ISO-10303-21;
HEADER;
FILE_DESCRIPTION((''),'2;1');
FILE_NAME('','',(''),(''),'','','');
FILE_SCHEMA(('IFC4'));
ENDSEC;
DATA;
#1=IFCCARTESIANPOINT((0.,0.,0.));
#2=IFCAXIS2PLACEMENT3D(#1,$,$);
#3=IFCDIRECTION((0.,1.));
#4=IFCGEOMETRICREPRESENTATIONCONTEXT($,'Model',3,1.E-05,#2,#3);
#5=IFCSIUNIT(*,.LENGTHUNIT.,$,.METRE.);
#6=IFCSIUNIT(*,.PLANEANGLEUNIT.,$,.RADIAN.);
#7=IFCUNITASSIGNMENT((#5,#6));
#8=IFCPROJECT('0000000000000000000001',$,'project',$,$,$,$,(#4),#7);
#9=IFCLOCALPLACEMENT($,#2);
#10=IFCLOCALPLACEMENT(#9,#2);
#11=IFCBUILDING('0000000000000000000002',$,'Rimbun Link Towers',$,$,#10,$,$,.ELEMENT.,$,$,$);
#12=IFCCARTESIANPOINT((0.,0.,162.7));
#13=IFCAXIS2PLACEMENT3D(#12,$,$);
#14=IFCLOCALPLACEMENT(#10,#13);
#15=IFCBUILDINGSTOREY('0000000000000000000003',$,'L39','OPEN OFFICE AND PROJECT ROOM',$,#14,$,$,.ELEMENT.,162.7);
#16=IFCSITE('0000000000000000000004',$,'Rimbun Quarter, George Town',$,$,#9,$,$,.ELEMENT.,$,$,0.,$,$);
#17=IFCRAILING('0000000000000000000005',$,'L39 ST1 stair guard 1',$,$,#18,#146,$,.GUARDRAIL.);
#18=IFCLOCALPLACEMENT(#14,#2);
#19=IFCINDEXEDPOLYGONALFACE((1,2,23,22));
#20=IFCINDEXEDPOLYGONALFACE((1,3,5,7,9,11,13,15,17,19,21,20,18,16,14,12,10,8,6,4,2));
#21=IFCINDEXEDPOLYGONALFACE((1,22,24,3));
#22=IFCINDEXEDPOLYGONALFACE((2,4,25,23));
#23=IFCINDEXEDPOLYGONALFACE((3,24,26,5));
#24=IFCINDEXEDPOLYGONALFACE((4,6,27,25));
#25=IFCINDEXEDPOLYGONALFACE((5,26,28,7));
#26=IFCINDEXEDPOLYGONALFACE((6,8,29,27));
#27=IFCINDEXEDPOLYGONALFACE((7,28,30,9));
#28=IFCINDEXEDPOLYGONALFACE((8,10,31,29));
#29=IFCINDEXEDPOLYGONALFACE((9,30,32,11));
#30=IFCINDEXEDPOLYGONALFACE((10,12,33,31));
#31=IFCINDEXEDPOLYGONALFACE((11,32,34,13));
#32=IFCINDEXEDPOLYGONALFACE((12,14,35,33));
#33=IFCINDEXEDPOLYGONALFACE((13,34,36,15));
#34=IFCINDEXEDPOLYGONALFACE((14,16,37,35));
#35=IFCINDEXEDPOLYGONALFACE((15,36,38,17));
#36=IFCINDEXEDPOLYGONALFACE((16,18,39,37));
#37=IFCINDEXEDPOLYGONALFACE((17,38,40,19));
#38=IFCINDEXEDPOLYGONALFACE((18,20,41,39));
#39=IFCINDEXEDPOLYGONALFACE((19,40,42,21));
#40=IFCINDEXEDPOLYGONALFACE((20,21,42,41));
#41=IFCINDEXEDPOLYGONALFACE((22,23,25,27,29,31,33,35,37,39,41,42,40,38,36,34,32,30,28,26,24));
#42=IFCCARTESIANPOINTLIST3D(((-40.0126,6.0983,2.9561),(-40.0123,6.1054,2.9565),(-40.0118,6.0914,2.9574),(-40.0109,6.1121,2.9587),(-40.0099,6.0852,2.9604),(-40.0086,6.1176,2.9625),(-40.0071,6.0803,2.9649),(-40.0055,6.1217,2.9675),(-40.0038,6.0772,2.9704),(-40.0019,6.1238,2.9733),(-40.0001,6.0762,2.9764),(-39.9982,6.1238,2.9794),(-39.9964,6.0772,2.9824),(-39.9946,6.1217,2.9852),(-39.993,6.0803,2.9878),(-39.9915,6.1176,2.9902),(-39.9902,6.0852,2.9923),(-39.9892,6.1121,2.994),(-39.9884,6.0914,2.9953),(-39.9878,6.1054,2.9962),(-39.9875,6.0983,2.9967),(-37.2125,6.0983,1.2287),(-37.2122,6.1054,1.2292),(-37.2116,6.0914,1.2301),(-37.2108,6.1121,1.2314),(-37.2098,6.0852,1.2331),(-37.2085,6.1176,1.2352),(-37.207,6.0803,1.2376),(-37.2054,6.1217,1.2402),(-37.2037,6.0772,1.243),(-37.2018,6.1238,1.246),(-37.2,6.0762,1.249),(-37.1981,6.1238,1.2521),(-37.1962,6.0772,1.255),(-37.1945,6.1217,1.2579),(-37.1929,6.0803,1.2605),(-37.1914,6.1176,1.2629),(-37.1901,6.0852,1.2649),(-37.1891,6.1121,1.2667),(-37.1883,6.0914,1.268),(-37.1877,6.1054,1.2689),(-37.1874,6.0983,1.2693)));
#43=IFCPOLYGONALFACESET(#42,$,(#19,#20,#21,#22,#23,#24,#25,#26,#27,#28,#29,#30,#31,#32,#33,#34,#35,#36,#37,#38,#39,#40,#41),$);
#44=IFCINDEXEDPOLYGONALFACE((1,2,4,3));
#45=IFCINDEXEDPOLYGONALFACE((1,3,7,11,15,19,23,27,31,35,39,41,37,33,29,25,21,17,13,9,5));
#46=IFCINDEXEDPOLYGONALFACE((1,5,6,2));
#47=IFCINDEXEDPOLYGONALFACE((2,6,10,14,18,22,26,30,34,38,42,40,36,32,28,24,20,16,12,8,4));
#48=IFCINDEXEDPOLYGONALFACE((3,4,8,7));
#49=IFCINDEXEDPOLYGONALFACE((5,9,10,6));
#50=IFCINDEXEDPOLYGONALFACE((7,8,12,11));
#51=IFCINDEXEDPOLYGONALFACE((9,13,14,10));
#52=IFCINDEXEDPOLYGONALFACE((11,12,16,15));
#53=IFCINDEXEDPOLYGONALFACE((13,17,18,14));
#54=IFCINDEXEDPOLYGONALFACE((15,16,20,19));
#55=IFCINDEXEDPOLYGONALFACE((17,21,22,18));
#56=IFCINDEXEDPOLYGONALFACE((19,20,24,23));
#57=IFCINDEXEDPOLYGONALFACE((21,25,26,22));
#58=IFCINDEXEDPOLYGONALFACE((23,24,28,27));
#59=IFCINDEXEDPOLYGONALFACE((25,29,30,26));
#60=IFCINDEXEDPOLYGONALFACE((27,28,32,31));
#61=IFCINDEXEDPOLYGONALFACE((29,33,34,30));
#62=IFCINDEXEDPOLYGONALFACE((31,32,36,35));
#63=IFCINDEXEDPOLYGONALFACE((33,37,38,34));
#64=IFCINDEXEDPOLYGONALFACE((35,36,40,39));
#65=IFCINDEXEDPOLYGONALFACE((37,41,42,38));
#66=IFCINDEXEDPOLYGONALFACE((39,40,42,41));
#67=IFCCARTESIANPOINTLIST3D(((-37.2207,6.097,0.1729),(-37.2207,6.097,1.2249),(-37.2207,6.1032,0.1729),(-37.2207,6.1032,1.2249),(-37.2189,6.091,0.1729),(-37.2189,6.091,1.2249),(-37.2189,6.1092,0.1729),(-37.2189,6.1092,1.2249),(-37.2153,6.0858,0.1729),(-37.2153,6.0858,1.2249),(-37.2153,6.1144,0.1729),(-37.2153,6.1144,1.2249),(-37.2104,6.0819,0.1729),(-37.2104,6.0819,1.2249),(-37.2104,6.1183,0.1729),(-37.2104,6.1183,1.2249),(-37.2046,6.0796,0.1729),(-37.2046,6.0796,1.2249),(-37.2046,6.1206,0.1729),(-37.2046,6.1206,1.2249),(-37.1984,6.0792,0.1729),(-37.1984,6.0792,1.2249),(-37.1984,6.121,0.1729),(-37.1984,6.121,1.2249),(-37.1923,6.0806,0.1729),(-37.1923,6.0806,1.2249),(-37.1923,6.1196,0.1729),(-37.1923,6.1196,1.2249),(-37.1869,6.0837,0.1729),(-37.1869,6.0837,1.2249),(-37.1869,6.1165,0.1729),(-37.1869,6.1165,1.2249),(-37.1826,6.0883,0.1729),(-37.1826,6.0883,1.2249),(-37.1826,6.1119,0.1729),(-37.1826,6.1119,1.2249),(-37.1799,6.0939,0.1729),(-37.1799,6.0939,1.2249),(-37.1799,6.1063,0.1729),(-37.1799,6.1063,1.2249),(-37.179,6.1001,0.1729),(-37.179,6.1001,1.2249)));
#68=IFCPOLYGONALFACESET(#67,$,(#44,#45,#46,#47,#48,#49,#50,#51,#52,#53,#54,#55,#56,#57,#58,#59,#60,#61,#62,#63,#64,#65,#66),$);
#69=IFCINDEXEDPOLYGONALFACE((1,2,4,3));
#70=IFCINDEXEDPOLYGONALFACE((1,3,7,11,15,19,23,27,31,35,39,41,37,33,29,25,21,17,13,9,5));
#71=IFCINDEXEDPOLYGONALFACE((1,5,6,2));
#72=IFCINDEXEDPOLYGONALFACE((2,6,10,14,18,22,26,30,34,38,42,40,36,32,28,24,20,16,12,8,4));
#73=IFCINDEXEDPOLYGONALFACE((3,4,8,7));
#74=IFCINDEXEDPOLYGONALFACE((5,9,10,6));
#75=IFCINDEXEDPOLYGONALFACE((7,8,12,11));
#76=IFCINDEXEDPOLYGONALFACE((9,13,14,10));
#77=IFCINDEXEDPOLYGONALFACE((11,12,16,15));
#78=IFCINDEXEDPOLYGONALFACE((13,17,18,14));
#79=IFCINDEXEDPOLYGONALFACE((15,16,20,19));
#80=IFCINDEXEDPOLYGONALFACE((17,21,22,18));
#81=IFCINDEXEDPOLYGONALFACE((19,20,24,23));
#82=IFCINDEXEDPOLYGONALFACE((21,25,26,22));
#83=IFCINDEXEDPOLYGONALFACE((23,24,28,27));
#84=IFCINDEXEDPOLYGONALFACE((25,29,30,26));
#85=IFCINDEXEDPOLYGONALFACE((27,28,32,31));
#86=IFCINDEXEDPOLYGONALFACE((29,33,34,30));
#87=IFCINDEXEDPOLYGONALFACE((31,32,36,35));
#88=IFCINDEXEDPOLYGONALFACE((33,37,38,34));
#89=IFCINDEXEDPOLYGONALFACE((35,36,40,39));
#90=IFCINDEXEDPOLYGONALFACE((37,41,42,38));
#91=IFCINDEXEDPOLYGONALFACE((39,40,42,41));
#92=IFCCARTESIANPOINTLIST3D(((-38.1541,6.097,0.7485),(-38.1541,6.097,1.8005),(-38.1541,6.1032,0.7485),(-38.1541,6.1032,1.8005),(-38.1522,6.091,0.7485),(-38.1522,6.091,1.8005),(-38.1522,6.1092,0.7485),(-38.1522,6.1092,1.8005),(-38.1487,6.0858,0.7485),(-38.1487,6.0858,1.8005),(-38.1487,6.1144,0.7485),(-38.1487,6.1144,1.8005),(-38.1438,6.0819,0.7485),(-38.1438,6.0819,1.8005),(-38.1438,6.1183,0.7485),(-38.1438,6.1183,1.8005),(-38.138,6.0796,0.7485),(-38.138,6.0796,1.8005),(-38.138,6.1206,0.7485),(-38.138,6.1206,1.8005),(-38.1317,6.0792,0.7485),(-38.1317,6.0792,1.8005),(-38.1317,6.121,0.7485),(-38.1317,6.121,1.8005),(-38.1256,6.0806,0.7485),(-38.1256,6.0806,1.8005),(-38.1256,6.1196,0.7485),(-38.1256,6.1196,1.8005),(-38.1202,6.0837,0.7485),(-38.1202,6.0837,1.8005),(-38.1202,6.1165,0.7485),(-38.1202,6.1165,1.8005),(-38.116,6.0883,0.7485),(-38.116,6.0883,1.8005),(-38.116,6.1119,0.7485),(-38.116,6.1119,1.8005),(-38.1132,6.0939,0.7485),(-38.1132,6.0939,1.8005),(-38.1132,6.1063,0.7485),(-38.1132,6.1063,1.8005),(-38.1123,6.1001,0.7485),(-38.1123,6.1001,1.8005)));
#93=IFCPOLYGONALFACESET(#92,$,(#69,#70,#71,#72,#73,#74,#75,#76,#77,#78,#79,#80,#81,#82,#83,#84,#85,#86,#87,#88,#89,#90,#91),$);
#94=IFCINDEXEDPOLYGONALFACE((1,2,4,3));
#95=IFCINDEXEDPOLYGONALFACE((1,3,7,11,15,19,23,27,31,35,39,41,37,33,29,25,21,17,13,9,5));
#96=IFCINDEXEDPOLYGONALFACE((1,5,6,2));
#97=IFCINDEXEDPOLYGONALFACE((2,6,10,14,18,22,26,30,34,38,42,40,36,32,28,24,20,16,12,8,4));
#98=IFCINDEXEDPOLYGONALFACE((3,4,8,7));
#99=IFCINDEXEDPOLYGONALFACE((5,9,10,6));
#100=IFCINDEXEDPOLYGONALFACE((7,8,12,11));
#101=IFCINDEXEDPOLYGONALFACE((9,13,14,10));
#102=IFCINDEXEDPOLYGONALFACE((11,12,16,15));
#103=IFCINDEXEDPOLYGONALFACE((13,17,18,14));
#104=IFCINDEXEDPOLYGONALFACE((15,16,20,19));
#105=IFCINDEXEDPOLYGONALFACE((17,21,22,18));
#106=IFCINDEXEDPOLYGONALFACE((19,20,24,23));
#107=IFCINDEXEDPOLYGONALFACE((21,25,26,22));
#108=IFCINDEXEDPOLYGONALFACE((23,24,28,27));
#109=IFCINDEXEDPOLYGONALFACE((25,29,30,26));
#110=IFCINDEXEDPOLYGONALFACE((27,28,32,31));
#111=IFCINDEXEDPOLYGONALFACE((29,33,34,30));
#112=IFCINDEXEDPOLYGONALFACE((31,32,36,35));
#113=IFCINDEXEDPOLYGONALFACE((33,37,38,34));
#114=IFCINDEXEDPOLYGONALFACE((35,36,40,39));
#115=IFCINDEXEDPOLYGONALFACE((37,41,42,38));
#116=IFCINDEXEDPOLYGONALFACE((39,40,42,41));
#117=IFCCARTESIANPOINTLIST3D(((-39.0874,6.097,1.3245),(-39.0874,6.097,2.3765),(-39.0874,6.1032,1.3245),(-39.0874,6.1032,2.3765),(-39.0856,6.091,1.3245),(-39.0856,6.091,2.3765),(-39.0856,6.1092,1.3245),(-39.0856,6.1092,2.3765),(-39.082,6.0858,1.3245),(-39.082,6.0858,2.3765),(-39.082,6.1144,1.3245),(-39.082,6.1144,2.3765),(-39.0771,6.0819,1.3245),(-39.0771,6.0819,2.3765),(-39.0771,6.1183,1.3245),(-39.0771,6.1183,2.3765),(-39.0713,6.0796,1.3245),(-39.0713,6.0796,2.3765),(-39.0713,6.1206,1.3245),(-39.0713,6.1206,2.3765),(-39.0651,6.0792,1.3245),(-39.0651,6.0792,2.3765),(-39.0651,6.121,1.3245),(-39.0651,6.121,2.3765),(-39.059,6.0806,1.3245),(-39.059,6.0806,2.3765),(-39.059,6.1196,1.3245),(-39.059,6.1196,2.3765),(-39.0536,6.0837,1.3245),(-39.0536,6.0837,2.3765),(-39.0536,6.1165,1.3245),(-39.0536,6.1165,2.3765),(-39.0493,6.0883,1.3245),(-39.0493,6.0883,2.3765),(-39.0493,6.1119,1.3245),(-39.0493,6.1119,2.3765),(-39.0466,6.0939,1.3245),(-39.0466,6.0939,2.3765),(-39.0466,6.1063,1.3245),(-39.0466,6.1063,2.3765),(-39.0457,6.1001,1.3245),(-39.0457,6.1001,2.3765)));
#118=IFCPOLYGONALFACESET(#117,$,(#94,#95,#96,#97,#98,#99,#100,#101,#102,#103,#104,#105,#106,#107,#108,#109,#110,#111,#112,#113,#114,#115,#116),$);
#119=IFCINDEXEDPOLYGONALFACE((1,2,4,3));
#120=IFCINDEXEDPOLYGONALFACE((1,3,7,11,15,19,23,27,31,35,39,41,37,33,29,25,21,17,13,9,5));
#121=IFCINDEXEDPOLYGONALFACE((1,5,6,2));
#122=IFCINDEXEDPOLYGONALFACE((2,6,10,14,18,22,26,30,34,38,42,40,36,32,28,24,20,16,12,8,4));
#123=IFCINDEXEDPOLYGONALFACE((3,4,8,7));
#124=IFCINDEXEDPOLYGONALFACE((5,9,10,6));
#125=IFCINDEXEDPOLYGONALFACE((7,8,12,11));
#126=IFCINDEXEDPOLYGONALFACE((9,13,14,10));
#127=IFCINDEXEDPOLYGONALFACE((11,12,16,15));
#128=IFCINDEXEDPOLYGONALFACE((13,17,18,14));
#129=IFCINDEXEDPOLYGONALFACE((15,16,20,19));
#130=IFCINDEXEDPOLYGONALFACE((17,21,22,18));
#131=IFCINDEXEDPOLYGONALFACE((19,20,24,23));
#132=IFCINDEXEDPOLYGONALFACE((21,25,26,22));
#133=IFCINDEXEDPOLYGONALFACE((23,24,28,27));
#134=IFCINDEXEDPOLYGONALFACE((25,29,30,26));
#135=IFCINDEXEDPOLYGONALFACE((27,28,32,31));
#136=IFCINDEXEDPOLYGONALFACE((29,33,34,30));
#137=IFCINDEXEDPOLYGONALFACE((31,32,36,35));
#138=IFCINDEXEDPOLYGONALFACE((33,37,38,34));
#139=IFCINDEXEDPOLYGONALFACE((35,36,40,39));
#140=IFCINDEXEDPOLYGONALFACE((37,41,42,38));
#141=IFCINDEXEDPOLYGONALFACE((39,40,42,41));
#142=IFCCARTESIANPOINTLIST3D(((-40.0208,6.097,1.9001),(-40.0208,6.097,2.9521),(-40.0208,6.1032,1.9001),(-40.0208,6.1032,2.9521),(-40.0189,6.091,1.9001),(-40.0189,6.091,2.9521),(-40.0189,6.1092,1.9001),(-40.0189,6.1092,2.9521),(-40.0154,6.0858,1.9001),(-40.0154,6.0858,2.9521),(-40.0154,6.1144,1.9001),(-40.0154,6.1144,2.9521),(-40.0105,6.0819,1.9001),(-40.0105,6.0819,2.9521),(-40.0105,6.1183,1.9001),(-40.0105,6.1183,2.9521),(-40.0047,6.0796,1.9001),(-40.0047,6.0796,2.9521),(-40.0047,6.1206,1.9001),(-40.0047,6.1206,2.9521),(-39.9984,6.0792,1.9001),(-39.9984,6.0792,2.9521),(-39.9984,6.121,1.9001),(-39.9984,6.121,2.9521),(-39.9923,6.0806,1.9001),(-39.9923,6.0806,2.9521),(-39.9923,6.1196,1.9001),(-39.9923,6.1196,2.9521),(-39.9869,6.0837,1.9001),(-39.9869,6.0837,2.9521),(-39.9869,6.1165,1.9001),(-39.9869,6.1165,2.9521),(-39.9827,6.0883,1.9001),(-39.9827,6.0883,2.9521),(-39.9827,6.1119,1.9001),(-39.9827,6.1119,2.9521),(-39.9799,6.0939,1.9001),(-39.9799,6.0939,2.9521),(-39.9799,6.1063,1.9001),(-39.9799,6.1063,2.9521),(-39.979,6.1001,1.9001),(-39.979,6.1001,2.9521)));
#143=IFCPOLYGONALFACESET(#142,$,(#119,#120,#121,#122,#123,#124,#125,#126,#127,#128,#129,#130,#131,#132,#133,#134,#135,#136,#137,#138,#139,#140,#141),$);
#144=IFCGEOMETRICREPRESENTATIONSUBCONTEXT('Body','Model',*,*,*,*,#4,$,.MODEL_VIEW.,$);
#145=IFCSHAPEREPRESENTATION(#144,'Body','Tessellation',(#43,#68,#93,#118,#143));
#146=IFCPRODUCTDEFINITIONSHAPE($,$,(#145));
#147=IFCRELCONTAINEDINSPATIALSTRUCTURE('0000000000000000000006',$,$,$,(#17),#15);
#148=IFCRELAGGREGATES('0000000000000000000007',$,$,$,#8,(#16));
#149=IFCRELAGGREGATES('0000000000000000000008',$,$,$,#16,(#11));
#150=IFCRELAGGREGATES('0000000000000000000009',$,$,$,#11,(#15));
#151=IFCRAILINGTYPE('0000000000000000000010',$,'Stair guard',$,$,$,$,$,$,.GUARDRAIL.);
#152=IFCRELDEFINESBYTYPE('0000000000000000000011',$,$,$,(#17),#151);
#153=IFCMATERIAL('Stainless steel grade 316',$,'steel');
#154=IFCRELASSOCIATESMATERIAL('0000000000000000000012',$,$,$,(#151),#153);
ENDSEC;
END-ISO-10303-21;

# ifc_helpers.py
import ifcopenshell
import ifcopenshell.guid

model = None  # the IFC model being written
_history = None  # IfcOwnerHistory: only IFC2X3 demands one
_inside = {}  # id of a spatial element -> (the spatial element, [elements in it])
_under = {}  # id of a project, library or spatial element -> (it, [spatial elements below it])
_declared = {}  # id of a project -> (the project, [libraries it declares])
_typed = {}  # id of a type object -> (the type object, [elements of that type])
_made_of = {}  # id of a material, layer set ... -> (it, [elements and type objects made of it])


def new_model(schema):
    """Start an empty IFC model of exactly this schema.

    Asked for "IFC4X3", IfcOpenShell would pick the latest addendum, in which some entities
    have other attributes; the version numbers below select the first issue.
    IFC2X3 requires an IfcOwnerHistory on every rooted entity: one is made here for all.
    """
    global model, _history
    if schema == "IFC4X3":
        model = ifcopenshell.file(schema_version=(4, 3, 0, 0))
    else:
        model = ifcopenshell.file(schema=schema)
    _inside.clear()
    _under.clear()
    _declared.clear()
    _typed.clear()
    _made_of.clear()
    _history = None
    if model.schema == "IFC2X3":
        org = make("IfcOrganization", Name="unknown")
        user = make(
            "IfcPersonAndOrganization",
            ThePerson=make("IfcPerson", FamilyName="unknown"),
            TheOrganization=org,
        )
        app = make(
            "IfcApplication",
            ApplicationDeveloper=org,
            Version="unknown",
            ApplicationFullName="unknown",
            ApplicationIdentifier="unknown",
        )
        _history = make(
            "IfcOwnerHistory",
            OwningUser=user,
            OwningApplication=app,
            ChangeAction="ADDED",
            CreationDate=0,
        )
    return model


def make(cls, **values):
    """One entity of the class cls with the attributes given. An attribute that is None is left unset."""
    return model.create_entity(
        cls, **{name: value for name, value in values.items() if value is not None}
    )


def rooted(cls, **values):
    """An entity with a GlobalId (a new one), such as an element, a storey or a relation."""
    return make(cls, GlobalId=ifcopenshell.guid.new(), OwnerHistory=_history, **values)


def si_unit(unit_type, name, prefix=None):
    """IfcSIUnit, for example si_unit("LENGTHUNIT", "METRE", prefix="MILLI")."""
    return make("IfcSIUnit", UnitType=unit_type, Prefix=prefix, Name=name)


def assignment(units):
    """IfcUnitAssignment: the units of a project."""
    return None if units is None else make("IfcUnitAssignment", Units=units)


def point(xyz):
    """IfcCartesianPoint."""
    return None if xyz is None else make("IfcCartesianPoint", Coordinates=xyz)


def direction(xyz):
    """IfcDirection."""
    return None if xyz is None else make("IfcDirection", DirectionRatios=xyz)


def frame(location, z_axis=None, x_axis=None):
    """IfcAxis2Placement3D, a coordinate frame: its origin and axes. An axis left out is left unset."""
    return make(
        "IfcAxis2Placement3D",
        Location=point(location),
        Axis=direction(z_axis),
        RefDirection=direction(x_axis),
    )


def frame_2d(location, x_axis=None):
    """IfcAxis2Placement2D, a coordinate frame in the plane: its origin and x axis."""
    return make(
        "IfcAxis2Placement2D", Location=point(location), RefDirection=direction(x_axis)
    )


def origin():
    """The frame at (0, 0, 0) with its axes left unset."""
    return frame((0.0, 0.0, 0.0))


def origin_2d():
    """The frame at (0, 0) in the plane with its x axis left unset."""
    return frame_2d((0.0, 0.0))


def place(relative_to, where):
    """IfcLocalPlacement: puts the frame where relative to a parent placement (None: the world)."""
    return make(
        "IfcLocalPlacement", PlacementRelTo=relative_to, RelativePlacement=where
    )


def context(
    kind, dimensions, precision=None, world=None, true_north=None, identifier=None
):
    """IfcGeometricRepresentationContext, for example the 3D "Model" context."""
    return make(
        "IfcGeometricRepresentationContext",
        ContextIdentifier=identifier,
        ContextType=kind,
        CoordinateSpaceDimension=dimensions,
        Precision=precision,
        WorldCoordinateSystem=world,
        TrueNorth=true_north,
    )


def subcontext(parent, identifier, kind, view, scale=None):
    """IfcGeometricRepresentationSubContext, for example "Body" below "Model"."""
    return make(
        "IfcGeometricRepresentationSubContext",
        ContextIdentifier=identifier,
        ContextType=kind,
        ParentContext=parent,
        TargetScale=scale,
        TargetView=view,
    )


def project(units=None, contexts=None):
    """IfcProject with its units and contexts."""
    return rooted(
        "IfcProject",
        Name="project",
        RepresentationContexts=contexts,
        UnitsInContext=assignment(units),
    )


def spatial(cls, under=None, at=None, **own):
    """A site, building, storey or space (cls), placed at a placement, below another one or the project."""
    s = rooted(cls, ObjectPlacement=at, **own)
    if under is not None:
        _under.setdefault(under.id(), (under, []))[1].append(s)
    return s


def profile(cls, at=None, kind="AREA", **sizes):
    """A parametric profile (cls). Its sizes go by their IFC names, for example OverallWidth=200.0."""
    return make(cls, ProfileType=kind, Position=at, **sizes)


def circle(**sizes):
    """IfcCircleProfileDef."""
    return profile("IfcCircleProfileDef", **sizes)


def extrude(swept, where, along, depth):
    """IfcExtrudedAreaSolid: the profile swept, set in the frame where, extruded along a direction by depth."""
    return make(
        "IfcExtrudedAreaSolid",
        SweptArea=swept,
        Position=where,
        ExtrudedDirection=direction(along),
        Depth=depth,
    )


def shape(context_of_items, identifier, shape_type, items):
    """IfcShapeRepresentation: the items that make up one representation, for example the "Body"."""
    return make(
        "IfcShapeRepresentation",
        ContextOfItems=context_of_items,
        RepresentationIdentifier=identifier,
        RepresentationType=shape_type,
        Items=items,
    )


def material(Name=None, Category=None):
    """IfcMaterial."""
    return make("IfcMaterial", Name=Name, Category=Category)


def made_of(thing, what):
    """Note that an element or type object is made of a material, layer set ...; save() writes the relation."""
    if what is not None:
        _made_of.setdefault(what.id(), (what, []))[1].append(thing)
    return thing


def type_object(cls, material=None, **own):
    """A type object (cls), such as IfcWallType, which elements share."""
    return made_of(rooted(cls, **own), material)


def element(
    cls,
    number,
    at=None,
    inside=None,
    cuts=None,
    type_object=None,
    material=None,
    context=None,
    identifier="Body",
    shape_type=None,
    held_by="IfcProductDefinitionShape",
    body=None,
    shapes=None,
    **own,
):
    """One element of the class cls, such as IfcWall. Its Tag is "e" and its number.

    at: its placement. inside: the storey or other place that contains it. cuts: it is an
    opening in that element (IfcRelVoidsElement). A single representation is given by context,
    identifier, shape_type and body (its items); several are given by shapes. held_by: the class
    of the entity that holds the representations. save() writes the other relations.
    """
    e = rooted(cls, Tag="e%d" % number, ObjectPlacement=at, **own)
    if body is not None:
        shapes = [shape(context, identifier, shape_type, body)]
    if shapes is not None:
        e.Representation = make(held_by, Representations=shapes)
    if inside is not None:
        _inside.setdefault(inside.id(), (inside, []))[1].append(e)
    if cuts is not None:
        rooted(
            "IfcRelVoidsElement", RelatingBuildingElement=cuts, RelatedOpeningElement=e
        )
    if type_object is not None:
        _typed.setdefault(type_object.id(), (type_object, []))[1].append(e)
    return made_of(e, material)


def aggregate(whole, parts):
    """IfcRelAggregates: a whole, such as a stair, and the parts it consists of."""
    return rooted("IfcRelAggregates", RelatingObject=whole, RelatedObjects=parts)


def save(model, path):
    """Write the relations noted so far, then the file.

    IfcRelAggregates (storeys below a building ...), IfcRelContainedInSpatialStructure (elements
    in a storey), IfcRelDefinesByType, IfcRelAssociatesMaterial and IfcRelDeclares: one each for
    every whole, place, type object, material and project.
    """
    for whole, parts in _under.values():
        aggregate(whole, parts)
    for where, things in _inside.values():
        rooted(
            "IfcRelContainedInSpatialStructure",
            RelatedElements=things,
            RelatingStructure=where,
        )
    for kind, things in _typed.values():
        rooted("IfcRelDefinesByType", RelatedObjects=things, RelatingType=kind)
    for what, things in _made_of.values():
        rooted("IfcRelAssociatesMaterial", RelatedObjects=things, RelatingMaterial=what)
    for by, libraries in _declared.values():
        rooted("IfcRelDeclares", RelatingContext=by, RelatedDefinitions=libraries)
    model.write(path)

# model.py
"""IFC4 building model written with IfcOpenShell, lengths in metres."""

from ifc_helpers import new_model, si_unit, direction, frame, origin, origin_2d, place, context, subcontext, project, spatial, circle, extrude, material, type_object, element, save


model = new_model("IFC4")

# Units and contexts
model_context = context("Model", 3, precision=1e-05, world=origin(), true_north=direction((0.0, 1.0)))
body_context = subcontext(model_context, "Body", "Model", "MODEL_VIEW")
ifc_project = project(units=[si_unit("LENGTHUNIT", "METRE"), si_unit("PLANEANGLEUNIT", "RADIAN")], contexts=[model_context])

# Site, building, storey
site_placement = place(None, origin())
site = spatial("IfcSite", under=ifc_project, at=site_placement, Name="Rimbun Quarter, George Town", CompositionType="ELEMENT", RefElevation=0.0)
building_placement = place(site_placement, origin())
building = spatial("IfcBuilding", under=site, at=building_placement, Name="Rimbun Link Towers", CompositionType="ELEMENT")
storey_placement = place(building_placement, frame((0.0, 0.0, 162.7)))
storey = spatial("IfcBuildingStorey", under=building, at=storey_placement, Name="L39", Description="OPEN OFFICE AND PROJECT ROOM", CompositionType="ELEMENT", Elevation=162.7)

# Railing
ifc_material_1 = material(Name="Stainless steel grade 316", Category="steel")
railing_type_1 = type_object("IfcRailingType", Name="Stair guard", PredefinedType="GUARDRAIL", material=ifc_material_1)
railing_1_placement = place(storey_placement, frame((-37.2, 6.1001, 0.1729)))
element("IfcRailing", 1, at=railing_1_placement, inside=storey, type_object=railing_type_1, Name="L39 ST1 stair guard 1", PredefinedType="GUARDRAIL", context=body_context, shape_type="SweptSolid", body=[
    extrude(circle(Radius=0.0239, at=origin_2d()), frame((0.0, 0.0, 1.0762), z_axis=(-0.85109, 0.0, 0.52502), x_axis=(0.0, -1.0, 0.0)), (0.0, 0.0, 1.0), 3.29),
    extrude(circle(Radius=0.021, at=origin_2d()), origin(), (0.0, 0.0, 1.0), 1.052),
    extrude(circle(Radius=0.021, at=origin_2d()), frame((-0.9333, 0.0, 0.5757)), (0.0, 0.0, 1.0), 1.052),
    extrude(circle(Radius=0.021, at=origin_2d()), frame((-1.8667, 0.0, 1.1516)), (0.0, 0.0, 1.0), 1.052),
    extrude(circle(Radius=0.021, at=origin_2d()), frame((-2.8, 0.0, 1.7273)), (0.0, 0.0, 1.0), 1.052),
])

save(model, "model.ifc")
